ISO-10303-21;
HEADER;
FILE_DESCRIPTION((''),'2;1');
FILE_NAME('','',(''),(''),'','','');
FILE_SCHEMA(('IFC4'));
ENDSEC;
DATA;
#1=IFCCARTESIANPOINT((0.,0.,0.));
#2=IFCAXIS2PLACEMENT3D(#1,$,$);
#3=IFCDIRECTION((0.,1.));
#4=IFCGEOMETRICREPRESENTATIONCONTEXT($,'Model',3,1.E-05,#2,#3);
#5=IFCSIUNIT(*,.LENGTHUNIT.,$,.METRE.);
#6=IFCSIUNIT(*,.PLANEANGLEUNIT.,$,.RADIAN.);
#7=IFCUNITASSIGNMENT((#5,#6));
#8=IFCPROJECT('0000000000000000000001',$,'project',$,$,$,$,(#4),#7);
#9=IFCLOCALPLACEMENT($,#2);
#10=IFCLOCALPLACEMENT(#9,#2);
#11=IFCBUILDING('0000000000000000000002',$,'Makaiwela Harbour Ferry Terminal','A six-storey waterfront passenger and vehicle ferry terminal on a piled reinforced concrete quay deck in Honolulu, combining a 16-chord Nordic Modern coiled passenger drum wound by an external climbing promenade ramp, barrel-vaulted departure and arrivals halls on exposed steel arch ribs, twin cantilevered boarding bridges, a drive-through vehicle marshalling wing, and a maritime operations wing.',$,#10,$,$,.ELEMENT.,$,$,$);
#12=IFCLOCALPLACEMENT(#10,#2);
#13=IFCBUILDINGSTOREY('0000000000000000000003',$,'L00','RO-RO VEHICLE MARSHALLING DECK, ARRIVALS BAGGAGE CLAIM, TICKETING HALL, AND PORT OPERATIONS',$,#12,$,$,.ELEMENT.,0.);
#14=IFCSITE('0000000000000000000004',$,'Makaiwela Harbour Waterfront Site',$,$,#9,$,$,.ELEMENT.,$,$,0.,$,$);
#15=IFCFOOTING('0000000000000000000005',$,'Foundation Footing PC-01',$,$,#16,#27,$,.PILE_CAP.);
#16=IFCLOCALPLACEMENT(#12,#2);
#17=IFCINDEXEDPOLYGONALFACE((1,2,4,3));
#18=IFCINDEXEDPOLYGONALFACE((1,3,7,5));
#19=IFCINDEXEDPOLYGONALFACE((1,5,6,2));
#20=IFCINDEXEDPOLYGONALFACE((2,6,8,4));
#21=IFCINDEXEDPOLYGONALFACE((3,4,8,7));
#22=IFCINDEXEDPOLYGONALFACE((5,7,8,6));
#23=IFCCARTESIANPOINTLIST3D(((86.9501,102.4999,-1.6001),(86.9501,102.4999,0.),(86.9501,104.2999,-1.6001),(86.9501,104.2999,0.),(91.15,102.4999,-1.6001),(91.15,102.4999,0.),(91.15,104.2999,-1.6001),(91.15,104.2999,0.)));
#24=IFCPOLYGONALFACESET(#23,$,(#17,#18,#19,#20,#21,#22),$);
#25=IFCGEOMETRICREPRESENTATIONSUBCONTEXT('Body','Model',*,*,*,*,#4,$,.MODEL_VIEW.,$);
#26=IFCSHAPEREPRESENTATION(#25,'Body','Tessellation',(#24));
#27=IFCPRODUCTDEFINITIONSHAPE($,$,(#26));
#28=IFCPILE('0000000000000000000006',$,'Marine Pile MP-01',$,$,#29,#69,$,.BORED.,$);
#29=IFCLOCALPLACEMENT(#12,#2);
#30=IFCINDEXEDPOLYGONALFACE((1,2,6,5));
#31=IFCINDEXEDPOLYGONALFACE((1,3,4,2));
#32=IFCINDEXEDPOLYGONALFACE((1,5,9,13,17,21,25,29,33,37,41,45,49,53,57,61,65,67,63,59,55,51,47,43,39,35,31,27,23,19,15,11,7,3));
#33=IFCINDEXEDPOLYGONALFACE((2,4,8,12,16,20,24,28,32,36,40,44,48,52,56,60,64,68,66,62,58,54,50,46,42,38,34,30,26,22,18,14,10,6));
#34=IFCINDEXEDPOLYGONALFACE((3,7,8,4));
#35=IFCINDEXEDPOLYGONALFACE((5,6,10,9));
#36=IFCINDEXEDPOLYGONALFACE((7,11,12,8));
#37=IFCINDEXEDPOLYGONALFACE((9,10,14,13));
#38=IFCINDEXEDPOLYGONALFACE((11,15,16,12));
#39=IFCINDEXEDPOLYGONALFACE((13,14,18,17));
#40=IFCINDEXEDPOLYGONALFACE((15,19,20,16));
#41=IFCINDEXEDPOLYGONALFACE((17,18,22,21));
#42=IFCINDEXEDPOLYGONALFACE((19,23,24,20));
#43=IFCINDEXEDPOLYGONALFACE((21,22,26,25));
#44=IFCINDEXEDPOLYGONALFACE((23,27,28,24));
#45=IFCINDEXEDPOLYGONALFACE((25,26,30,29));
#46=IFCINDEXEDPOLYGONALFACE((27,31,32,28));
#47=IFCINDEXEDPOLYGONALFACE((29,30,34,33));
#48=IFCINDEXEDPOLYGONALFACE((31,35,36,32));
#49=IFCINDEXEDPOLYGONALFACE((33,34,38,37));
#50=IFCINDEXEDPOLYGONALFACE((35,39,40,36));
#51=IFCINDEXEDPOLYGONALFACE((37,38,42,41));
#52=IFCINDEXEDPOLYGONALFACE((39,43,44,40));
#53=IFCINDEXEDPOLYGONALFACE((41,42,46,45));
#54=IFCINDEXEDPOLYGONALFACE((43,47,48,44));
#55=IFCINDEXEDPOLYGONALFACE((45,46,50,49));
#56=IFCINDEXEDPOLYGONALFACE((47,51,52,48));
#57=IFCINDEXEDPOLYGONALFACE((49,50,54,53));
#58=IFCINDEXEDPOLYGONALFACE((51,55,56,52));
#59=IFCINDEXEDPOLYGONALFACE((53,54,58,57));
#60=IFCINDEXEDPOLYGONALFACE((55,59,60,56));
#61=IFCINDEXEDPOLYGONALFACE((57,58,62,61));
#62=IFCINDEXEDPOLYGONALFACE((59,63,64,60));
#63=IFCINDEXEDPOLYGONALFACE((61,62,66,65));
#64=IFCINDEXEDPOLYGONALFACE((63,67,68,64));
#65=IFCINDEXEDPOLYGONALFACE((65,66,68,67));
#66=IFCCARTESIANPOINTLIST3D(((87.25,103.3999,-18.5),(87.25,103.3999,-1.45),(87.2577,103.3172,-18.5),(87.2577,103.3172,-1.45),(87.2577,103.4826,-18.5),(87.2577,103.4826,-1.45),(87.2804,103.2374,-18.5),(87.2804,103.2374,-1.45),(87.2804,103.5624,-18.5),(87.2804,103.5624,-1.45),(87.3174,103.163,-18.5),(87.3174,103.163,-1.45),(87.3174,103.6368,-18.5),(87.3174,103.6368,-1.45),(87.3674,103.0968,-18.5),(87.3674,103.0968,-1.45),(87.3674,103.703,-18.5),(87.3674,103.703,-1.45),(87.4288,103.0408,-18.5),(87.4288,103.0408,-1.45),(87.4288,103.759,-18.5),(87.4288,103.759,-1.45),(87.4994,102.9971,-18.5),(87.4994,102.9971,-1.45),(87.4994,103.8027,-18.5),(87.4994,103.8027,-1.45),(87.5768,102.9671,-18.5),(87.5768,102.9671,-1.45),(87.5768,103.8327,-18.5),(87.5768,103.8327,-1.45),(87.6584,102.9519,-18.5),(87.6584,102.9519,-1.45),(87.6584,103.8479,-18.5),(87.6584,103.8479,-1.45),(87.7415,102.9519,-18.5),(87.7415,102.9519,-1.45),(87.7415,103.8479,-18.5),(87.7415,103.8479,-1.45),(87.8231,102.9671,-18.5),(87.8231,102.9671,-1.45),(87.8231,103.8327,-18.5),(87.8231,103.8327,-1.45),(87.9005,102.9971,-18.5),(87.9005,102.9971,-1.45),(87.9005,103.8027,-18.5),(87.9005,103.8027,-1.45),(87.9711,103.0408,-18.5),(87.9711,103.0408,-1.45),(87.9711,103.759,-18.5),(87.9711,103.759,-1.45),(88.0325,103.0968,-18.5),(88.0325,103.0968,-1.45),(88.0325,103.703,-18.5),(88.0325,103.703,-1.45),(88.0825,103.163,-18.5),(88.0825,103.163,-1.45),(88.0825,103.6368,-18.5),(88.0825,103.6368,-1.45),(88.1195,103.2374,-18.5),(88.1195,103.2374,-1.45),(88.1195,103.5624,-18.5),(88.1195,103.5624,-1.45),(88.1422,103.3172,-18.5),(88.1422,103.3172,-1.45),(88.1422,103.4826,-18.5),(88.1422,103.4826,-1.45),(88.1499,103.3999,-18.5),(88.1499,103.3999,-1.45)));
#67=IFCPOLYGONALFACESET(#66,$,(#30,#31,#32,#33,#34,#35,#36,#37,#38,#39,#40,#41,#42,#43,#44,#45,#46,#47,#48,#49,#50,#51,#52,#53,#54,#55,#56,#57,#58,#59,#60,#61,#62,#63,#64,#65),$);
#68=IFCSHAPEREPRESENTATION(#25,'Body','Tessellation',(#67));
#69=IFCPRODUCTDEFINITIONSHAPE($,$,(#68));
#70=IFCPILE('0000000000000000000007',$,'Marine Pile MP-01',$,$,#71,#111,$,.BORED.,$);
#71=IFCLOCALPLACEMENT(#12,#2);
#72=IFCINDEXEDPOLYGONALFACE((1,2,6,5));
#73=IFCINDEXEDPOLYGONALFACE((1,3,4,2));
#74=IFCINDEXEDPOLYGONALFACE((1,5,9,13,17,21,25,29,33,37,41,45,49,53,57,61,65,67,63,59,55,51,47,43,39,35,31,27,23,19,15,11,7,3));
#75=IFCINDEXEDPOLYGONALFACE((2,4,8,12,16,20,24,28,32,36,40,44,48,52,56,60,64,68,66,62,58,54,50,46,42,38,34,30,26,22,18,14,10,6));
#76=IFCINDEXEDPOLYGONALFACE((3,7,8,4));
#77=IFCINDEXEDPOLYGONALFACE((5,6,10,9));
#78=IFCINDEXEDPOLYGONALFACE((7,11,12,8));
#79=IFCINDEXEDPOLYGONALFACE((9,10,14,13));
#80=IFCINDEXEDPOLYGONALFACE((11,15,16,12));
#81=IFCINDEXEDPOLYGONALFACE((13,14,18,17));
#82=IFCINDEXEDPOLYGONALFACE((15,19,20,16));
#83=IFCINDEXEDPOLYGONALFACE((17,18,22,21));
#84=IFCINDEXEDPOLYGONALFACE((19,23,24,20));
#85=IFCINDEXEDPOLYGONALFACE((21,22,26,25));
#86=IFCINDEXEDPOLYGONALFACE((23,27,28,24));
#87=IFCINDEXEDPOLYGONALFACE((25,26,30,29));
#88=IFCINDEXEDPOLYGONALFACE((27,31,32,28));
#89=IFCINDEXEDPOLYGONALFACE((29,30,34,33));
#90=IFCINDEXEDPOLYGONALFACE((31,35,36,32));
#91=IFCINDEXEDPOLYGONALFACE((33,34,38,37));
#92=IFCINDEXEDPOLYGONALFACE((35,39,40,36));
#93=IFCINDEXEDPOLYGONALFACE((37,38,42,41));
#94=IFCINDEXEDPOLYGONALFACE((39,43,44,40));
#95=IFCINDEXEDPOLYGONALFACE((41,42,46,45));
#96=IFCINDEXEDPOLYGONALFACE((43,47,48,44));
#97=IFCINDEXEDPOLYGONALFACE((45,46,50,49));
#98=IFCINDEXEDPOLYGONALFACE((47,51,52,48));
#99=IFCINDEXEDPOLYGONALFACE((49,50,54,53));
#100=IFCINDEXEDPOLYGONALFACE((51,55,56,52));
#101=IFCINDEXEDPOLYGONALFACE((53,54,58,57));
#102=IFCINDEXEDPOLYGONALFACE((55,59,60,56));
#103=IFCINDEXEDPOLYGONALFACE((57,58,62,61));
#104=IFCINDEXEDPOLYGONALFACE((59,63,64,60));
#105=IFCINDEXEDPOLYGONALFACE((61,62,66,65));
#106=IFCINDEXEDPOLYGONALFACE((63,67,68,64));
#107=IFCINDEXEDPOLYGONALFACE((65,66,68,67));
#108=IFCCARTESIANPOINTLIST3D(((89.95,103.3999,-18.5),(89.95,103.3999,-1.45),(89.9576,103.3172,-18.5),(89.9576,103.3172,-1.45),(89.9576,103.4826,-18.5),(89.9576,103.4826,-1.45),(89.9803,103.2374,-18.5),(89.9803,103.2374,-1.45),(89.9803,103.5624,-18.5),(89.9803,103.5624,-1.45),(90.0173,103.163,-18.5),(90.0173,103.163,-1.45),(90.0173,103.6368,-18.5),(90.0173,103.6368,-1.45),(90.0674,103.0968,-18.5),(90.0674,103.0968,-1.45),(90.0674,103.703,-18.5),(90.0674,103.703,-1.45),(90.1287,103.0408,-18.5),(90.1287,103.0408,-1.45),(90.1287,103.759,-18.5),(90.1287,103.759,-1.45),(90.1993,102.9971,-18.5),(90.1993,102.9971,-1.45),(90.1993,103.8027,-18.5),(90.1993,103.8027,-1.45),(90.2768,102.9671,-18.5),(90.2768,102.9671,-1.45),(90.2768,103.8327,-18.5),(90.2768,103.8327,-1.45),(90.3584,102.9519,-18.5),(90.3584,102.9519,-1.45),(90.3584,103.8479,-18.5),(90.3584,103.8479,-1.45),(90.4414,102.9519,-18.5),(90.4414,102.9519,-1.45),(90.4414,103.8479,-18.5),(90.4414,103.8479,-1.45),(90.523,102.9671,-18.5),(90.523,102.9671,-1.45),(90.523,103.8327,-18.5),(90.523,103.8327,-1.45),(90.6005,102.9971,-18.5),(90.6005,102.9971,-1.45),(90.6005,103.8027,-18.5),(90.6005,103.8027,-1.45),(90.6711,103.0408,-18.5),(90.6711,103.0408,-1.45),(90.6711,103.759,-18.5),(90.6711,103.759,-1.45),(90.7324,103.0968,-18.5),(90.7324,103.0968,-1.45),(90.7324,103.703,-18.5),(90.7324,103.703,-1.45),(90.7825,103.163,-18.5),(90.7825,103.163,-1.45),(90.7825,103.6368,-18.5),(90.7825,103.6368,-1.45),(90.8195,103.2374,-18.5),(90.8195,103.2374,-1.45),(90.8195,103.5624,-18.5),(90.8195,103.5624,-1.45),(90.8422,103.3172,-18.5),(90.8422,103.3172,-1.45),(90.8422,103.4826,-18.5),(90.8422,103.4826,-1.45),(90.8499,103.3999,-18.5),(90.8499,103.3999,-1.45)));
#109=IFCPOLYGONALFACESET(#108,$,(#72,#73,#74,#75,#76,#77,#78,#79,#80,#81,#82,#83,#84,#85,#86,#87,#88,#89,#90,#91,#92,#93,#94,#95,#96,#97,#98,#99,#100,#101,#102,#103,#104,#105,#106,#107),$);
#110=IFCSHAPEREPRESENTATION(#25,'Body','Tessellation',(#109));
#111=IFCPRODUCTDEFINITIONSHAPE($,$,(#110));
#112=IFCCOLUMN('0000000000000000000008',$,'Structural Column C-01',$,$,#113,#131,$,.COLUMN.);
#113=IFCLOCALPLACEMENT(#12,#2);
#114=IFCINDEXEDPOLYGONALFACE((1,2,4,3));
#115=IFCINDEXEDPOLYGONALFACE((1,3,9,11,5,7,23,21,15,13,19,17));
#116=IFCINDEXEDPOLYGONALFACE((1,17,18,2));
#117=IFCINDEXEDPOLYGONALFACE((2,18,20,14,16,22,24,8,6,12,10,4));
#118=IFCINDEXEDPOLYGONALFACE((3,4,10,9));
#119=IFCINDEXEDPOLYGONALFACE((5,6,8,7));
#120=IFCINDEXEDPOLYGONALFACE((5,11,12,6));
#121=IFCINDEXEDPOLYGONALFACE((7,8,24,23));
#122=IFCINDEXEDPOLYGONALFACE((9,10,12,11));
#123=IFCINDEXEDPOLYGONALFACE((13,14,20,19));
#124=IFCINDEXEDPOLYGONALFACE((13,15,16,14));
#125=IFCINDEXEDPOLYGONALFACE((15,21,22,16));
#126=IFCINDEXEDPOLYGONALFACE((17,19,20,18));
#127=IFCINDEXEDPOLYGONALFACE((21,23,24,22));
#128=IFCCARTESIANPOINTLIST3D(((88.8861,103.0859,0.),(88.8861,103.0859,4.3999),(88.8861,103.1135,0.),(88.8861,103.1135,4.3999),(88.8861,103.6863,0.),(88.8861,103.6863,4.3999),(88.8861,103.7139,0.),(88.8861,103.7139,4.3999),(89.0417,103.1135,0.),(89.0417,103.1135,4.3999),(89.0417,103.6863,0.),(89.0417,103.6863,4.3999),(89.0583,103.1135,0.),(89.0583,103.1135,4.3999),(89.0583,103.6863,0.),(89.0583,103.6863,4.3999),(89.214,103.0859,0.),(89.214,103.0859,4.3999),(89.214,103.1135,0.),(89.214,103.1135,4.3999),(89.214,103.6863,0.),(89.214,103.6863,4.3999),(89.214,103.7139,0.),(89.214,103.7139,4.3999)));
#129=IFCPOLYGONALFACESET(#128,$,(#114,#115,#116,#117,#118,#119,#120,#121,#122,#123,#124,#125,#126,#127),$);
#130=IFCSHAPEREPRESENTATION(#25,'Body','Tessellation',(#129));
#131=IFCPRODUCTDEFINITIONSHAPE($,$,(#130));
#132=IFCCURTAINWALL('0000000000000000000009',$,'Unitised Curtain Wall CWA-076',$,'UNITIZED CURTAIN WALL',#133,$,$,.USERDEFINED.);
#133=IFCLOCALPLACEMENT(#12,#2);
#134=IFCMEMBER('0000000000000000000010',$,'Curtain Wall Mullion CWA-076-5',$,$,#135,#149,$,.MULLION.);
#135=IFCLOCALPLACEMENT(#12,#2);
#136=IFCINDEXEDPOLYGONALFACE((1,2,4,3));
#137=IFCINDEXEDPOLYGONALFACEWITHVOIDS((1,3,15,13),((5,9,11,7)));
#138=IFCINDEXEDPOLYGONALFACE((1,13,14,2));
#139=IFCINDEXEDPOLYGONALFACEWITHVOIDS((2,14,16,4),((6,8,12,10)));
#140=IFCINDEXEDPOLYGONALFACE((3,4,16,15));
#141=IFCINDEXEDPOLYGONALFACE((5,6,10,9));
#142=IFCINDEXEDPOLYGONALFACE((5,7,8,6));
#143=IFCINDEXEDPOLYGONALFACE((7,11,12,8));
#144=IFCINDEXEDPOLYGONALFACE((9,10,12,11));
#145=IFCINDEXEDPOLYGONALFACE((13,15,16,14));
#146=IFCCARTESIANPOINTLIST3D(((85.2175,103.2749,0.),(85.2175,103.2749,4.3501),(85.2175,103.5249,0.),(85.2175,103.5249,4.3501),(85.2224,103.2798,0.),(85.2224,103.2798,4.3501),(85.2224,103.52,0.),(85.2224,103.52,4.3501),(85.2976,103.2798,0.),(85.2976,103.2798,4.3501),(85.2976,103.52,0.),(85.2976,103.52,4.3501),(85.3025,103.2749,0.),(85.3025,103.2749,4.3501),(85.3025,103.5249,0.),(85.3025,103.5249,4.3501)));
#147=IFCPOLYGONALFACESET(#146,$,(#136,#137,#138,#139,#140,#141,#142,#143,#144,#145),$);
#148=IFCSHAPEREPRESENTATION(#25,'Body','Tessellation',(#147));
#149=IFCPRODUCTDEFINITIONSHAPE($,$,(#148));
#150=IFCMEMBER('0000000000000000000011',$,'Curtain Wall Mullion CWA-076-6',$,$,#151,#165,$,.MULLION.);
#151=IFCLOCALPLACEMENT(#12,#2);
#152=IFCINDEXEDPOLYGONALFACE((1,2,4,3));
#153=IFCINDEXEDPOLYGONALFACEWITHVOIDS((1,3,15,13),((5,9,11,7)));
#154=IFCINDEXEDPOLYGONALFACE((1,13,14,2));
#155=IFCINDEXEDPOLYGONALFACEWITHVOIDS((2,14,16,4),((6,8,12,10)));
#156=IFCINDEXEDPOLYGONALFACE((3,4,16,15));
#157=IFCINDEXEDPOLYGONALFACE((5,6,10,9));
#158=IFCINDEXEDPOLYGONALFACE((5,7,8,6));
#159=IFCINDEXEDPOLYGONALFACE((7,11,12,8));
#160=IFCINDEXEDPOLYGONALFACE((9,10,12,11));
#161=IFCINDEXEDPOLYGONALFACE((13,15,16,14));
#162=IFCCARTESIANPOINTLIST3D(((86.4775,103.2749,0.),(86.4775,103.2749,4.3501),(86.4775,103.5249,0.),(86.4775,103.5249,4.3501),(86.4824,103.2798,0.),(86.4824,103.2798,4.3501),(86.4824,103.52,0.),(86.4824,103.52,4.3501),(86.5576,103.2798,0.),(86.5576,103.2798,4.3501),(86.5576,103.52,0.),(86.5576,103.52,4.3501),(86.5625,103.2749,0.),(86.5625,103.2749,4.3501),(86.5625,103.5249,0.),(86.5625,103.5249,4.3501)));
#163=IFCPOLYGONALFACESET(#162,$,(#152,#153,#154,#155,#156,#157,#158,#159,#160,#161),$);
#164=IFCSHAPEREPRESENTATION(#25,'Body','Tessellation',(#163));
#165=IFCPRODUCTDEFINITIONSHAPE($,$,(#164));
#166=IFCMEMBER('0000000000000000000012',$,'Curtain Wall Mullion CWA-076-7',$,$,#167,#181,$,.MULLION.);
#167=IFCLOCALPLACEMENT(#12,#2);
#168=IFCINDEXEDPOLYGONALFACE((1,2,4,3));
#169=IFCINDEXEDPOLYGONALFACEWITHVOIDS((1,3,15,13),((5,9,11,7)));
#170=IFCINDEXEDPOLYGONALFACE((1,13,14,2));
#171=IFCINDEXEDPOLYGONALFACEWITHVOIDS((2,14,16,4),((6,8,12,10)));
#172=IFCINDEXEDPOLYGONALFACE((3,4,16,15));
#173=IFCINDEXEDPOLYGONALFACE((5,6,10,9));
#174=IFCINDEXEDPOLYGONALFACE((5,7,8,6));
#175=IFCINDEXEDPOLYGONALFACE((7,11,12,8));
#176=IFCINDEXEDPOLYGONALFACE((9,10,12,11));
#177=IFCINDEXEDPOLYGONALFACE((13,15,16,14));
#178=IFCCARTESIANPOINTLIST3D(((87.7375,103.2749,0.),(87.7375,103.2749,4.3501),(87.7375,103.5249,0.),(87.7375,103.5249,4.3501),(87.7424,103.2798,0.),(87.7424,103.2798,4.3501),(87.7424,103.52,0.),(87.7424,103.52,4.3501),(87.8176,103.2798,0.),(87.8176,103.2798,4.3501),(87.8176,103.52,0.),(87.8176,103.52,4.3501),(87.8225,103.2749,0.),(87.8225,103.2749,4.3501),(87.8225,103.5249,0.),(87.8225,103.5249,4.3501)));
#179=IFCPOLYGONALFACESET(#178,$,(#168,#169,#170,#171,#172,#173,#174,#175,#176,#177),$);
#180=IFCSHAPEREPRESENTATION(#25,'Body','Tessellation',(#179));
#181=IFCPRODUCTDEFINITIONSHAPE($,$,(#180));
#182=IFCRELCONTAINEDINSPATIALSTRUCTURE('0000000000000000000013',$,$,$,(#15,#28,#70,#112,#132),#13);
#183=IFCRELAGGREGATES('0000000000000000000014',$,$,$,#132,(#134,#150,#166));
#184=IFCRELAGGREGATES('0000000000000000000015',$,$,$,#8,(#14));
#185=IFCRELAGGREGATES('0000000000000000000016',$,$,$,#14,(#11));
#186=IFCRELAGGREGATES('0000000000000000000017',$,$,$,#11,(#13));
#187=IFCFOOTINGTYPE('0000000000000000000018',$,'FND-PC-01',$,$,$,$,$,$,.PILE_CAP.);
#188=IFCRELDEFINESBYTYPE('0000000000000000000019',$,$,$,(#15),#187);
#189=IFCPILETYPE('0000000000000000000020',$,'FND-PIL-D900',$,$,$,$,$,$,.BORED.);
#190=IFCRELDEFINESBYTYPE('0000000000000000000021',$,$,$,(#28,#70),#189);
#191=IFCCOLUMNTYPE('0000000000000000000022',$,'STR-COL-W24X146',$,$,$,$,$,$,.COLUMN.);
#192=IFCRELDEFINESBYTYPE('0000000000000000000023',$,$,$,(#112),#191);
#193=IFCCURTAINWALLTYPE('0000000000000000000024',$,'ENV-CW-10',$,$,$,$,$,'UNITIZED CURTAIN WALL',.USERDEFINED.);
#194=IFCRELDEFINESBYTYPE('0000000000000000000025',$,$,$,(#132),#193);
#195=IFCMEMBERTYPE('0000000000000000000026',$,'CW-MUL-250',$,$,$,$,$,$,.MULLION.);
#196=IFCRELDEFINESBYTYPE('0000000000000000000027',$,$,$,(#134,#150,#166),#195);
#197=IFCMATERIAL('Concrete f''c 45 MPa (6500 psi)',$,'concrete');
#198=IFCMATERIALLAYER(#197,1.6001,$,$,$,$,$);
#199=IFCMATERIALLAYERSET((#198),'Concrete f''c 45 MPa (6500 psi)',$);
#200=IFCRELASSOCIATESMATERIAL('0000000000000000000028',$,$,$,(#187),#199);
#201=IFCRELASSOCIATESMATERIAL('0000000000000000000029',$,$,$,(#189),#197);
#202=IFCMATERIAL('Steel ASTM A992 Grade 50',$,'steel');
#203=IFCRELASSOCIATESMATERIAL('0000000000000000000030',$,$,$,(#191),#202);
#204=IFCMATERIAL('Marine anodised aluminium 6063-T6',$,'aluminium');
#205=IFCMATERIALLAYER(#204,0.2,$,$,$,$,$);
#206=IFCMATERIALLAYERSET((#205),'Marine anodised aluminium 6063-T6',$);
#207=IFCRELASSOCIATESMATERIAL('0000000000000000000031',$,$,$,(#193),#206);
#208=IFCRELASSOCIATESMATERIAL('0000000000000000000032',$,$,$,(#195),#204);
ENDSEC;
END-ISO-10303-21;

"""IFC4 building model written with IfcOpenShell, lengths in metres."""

from ifc_helpers import new_model, si_unit, direction, frame, origin, origin_2d, place, context, subcontext, project, spatial, rectangle, hollow_rectangle, circle, i_section, extrude, material, layer, layer_set, material_profile, profile_set, type_object, element, aggregate, save


model = new_model("IFC4")

# Units and contexts
model_context = context("Model", 3, precision=1e-05, world=origin(), true_north=direction((0.0, 1.0)))
body_context = subcontext(model_context, "Body", "Model", "MODEL_VIEW")
ifc_project = project(units=[si_unit("LENGTHUNIT", "METRE"), si_unit("PLANEANGLEUNIT", "RADIAN")], contexts=[model_context])

# Site, building, storey
site_placement = place(None, origin())
site = spatial("IfcSite", under=ifc_project, at=site_placement, Name="Makaiwela Harbour Waterfront Site", CompositionType="ELEMENT", RefElevation=0.0)
building_placement = place(site_placement, origin())
building = spatial("IfcBuilding", under=site, at=building_placement, Name="Makaiwela Harbour Ferry Terminal", Description="A six-storey waterfront passenger and vehicle ferry terminal on a piled reinforced concrete quay deck in Honolulu, combining a 16-chord Nordic Modern coiled passenger drum wound by an external climbing promenade ramp, barrel-vaulted departure and arrivals halls on exposed steel arch ribs, twin cantilevered boarding bridges, a drive-through vehicle marshalling wing, and a maritime operations wing.", CompositionType="ELEMENT")
storey_placement = place(building_placement, origin())
storey = spatial("IfcBuildingStorey", under=building, at=storey_placement, Name="L00", Description="RO-RO VEHICLE MARSHALLING DECK, ARRIVALS BAGGAGE CLAIM, TICKETING HALL, AND PORT OPERATIONS", CompositionType="ELEMENT", Elevation=0.0)

# Footing
ifc_material_1 = material(Name="Concrete f'c 45 MPa (6500 psi)", Category="concrete")
ifc_layer_1 = layer(ifc_material_1, 1.6001)
ifc_layer_set_1 = layer_set([ifc_layer_1], Name="Concrete f'c 45 MPa (6500 psi)")
footing_type = type_object("IfcFootingType", Name="FND-PC-01", PredefinedType="PILE_CAP", material=ifc_layer_set_1)
footing_placement = place(storey_placement, frame((89.05, 103.3999, -1.6001), z_axis=(0.0, 0.0, 1.0), x_axis=(1.0, 0.0, 0.0)))
element("IfcFooting", 1, at=footing_placement, inside=storey, type_object=footing_type, Name="Foundation Footing PC-01", PredefinedType="PILE_CAP", context=body_context, shape_type="SweptSolid", body=[
    extrude(rectangle(XDim=4.2, YDim=1.8, at=origin_2d()), origin(), (0.0, 0.0, 1.0), 1.6001),
])

# Piles
ifc_material_profile_1 = material_profile(ifc_material_1, circle(Radius=0.45, at=origin_2d()), Name="PILE-D900")
ifc_profile_set_1 = profile_set([ifc_material_profile_1], Name="Concrete f'c 45 MPa (6500 psi)")
pile_type = type_object("IfcPileType", Name="FND-PIL-D900", PredefinedType="BORED", material=ifc_profile_set_1)
for number, where, z_axis, x_axis, name in (
    (2, (87.7, 103.3999, -1.45), (0.0, 0.0, -1.0), (1.0, 0.0, 0.0), "Marine Pile MP-01"),
    (3, (90.3999, 103.3999, -1.45), (0.0, 0.0, -1.0), (1.0, 0.0, 0.0), "Marine Pile MP-01"),
):
    element("IfcPile", number, at=place(storey_placement, frame(where, z_axis=z_axis, x_axis=x_axis)), inside=storey, type_object=pile_type, Name=name, PredefinedType="BORED", context=body_context, shape_type="SweptSolid", body=[
        extrude(circle(Radius=0.45, at=origin_2d()), origin(), (0.0, 0.0, 1.0), 17.05),
    ])

# Column
ifc_material_2 = material(Name="Steel ASTM A992 Grade 50", Category="steel")
ifc_material_profile_2 = material_profile(ifc_material_2, i_section(OverallWidth=0.3279, OverallDepth=0.6279, WebThickness=0.0166, FlangeThickness=0.0276, at=origin_2d()), Name="W24X146")
ifc_profile_set_2 = profile_set([ifc_material_profile_2], Name="Steel ASTM A992 Grade 50")
column_type = type_object("IfcColumnType", Name="STR-COL-W24X146", PredefinedType="COLUMN", material=ifc_profile_set_2)
column_placement = place(storey_placement, frame((89.05, 103.3999, 0.0), z_axis=(0.0, 0.0, 1.0), x_axis=(1.0, 0.0, 0.0)))
element("IfcColumn", 4, at=column_placement, inside=storey, type_object=column_type, Name="Structural Column C-01", PredefinedType="COLUMN", context=body_context, shape_type="SweptSolid", body=[
    extrude(i_section(OverallWidth=0.3279, OverallDepth=0.6279, WebThickness=0.0166, FlangeThickness=0.0276, at=origin_2d()), origin(), (0.0, 0.0, 1.0), 4.3999),
])

# Curtain wall, members
ifc_material_3 = material(Name="Marine anodised aluminium 6063-T6", Category="aluminium")
ifc_layer_2 = layer(ifc_material_3, 0.2)
ifc_layer_set_2 = layer_set([ifc_layer_2], Name="Marine anodised aluminium 6063-T6")
curtain_wall_type = type_object("IfcCurtainWallType", Name="ENV-CW-10", ElementType="UNITIZED CURTAIN WALL", PredefinedType="USERDEFINED", material=ifc_layer_set_2)
curtain_wall_placement = place(storey_placement, origin())
curtain_wall = element("IfcCurtainWall", 5, at=curtain_wall_placement, inside=storey, type_object=curtain_wall_type, Name="Unitised Curtain Wall CWA-076", ObjectType="UNITIZED CURTAIN WALL", PredefinedType="USERDEFINED")
ifc_material_profile_3 = material_profile(ifc_material_3, hollow_rectangle(XDim=0.085, YDim=0.25, WallThickness=0.0049, at=origin_2d()), Name="CWM-250X85")
ifc_profile_set_3 = profile_set([ifc_material_profile_3], Name="Marine anodised aluminium 6063-T6")
member_type_1 = type_object("IfcMemberType", Name="CW-MUL-250", PredefinedType="MULLION", material=ifc_profile_set_3)
member_1_placement = place(storey_placement, frame((85.26, 103.3999, 0.0), z_axis=(0.0, 0.0, 1.0), x_axis=(1.0, 0.0, 0.0)))
member_1 = element("IfcMember", 6, at=member_1_placement, type_object=member_type_1, Name="Curtain Wall Mullion CWA-076-5", PredefinedType="MULLION", context=body_context, shape_type="SweptSolid", body=[
    extrude(hollow_rectangle(XDim=0.085, YDim=0.25, WallThickness=0.0049, at=origin_2d()), origin(), (0.0, 0.0, 1.0), 4.3501),
])
member_2_placement = place(storey_placement, frame((86.52, 103.3999, 0.0), z_axis=(0.0, 0.0, 1.0), x_axis=(1.0, 0.0, 0.0)))
member_2 = element("IfcMember", 7, at=member_2_placement, type_object=member_type_1, Name="Curtain Wall Mullion CWA-076-6", PredefinedType="MULLION", context=body_context, shape_type="SweptSolid", body=[
    extrude(hollow_rectangle(XDim=0.085, YDim=0.25, WallThickness=0.0049, at=origin_2d()), origin(), (0.0, 0.0, 1.0), 4.3501),
])
member_3_placement = place(storey_placement, frame((87.78, 103.3999, 0.0), z_axis=(0.0, 0.0, 1.0), x_axis=(1.0, 0.0, 0.0)))
member_3 = element("IfcMember", 8, at=member_3_placement, type_object=member_type_1, Name="Curtain Wall Mullion CWA-076-7", PredefinedType="MULLION", context=body_context, shape_type="SweptSolid", body=[
    extrude(hollow_rectangle(XDim=0.085, YDim=0.25, WallThickness=0.0049, at=origin_2d()), origin(), (0.0, 0.0, 1.0), 4.3501),
])
aggregate(curtain_wall, [member_1, member_2, member_3])

save(model, "model.ifc")
